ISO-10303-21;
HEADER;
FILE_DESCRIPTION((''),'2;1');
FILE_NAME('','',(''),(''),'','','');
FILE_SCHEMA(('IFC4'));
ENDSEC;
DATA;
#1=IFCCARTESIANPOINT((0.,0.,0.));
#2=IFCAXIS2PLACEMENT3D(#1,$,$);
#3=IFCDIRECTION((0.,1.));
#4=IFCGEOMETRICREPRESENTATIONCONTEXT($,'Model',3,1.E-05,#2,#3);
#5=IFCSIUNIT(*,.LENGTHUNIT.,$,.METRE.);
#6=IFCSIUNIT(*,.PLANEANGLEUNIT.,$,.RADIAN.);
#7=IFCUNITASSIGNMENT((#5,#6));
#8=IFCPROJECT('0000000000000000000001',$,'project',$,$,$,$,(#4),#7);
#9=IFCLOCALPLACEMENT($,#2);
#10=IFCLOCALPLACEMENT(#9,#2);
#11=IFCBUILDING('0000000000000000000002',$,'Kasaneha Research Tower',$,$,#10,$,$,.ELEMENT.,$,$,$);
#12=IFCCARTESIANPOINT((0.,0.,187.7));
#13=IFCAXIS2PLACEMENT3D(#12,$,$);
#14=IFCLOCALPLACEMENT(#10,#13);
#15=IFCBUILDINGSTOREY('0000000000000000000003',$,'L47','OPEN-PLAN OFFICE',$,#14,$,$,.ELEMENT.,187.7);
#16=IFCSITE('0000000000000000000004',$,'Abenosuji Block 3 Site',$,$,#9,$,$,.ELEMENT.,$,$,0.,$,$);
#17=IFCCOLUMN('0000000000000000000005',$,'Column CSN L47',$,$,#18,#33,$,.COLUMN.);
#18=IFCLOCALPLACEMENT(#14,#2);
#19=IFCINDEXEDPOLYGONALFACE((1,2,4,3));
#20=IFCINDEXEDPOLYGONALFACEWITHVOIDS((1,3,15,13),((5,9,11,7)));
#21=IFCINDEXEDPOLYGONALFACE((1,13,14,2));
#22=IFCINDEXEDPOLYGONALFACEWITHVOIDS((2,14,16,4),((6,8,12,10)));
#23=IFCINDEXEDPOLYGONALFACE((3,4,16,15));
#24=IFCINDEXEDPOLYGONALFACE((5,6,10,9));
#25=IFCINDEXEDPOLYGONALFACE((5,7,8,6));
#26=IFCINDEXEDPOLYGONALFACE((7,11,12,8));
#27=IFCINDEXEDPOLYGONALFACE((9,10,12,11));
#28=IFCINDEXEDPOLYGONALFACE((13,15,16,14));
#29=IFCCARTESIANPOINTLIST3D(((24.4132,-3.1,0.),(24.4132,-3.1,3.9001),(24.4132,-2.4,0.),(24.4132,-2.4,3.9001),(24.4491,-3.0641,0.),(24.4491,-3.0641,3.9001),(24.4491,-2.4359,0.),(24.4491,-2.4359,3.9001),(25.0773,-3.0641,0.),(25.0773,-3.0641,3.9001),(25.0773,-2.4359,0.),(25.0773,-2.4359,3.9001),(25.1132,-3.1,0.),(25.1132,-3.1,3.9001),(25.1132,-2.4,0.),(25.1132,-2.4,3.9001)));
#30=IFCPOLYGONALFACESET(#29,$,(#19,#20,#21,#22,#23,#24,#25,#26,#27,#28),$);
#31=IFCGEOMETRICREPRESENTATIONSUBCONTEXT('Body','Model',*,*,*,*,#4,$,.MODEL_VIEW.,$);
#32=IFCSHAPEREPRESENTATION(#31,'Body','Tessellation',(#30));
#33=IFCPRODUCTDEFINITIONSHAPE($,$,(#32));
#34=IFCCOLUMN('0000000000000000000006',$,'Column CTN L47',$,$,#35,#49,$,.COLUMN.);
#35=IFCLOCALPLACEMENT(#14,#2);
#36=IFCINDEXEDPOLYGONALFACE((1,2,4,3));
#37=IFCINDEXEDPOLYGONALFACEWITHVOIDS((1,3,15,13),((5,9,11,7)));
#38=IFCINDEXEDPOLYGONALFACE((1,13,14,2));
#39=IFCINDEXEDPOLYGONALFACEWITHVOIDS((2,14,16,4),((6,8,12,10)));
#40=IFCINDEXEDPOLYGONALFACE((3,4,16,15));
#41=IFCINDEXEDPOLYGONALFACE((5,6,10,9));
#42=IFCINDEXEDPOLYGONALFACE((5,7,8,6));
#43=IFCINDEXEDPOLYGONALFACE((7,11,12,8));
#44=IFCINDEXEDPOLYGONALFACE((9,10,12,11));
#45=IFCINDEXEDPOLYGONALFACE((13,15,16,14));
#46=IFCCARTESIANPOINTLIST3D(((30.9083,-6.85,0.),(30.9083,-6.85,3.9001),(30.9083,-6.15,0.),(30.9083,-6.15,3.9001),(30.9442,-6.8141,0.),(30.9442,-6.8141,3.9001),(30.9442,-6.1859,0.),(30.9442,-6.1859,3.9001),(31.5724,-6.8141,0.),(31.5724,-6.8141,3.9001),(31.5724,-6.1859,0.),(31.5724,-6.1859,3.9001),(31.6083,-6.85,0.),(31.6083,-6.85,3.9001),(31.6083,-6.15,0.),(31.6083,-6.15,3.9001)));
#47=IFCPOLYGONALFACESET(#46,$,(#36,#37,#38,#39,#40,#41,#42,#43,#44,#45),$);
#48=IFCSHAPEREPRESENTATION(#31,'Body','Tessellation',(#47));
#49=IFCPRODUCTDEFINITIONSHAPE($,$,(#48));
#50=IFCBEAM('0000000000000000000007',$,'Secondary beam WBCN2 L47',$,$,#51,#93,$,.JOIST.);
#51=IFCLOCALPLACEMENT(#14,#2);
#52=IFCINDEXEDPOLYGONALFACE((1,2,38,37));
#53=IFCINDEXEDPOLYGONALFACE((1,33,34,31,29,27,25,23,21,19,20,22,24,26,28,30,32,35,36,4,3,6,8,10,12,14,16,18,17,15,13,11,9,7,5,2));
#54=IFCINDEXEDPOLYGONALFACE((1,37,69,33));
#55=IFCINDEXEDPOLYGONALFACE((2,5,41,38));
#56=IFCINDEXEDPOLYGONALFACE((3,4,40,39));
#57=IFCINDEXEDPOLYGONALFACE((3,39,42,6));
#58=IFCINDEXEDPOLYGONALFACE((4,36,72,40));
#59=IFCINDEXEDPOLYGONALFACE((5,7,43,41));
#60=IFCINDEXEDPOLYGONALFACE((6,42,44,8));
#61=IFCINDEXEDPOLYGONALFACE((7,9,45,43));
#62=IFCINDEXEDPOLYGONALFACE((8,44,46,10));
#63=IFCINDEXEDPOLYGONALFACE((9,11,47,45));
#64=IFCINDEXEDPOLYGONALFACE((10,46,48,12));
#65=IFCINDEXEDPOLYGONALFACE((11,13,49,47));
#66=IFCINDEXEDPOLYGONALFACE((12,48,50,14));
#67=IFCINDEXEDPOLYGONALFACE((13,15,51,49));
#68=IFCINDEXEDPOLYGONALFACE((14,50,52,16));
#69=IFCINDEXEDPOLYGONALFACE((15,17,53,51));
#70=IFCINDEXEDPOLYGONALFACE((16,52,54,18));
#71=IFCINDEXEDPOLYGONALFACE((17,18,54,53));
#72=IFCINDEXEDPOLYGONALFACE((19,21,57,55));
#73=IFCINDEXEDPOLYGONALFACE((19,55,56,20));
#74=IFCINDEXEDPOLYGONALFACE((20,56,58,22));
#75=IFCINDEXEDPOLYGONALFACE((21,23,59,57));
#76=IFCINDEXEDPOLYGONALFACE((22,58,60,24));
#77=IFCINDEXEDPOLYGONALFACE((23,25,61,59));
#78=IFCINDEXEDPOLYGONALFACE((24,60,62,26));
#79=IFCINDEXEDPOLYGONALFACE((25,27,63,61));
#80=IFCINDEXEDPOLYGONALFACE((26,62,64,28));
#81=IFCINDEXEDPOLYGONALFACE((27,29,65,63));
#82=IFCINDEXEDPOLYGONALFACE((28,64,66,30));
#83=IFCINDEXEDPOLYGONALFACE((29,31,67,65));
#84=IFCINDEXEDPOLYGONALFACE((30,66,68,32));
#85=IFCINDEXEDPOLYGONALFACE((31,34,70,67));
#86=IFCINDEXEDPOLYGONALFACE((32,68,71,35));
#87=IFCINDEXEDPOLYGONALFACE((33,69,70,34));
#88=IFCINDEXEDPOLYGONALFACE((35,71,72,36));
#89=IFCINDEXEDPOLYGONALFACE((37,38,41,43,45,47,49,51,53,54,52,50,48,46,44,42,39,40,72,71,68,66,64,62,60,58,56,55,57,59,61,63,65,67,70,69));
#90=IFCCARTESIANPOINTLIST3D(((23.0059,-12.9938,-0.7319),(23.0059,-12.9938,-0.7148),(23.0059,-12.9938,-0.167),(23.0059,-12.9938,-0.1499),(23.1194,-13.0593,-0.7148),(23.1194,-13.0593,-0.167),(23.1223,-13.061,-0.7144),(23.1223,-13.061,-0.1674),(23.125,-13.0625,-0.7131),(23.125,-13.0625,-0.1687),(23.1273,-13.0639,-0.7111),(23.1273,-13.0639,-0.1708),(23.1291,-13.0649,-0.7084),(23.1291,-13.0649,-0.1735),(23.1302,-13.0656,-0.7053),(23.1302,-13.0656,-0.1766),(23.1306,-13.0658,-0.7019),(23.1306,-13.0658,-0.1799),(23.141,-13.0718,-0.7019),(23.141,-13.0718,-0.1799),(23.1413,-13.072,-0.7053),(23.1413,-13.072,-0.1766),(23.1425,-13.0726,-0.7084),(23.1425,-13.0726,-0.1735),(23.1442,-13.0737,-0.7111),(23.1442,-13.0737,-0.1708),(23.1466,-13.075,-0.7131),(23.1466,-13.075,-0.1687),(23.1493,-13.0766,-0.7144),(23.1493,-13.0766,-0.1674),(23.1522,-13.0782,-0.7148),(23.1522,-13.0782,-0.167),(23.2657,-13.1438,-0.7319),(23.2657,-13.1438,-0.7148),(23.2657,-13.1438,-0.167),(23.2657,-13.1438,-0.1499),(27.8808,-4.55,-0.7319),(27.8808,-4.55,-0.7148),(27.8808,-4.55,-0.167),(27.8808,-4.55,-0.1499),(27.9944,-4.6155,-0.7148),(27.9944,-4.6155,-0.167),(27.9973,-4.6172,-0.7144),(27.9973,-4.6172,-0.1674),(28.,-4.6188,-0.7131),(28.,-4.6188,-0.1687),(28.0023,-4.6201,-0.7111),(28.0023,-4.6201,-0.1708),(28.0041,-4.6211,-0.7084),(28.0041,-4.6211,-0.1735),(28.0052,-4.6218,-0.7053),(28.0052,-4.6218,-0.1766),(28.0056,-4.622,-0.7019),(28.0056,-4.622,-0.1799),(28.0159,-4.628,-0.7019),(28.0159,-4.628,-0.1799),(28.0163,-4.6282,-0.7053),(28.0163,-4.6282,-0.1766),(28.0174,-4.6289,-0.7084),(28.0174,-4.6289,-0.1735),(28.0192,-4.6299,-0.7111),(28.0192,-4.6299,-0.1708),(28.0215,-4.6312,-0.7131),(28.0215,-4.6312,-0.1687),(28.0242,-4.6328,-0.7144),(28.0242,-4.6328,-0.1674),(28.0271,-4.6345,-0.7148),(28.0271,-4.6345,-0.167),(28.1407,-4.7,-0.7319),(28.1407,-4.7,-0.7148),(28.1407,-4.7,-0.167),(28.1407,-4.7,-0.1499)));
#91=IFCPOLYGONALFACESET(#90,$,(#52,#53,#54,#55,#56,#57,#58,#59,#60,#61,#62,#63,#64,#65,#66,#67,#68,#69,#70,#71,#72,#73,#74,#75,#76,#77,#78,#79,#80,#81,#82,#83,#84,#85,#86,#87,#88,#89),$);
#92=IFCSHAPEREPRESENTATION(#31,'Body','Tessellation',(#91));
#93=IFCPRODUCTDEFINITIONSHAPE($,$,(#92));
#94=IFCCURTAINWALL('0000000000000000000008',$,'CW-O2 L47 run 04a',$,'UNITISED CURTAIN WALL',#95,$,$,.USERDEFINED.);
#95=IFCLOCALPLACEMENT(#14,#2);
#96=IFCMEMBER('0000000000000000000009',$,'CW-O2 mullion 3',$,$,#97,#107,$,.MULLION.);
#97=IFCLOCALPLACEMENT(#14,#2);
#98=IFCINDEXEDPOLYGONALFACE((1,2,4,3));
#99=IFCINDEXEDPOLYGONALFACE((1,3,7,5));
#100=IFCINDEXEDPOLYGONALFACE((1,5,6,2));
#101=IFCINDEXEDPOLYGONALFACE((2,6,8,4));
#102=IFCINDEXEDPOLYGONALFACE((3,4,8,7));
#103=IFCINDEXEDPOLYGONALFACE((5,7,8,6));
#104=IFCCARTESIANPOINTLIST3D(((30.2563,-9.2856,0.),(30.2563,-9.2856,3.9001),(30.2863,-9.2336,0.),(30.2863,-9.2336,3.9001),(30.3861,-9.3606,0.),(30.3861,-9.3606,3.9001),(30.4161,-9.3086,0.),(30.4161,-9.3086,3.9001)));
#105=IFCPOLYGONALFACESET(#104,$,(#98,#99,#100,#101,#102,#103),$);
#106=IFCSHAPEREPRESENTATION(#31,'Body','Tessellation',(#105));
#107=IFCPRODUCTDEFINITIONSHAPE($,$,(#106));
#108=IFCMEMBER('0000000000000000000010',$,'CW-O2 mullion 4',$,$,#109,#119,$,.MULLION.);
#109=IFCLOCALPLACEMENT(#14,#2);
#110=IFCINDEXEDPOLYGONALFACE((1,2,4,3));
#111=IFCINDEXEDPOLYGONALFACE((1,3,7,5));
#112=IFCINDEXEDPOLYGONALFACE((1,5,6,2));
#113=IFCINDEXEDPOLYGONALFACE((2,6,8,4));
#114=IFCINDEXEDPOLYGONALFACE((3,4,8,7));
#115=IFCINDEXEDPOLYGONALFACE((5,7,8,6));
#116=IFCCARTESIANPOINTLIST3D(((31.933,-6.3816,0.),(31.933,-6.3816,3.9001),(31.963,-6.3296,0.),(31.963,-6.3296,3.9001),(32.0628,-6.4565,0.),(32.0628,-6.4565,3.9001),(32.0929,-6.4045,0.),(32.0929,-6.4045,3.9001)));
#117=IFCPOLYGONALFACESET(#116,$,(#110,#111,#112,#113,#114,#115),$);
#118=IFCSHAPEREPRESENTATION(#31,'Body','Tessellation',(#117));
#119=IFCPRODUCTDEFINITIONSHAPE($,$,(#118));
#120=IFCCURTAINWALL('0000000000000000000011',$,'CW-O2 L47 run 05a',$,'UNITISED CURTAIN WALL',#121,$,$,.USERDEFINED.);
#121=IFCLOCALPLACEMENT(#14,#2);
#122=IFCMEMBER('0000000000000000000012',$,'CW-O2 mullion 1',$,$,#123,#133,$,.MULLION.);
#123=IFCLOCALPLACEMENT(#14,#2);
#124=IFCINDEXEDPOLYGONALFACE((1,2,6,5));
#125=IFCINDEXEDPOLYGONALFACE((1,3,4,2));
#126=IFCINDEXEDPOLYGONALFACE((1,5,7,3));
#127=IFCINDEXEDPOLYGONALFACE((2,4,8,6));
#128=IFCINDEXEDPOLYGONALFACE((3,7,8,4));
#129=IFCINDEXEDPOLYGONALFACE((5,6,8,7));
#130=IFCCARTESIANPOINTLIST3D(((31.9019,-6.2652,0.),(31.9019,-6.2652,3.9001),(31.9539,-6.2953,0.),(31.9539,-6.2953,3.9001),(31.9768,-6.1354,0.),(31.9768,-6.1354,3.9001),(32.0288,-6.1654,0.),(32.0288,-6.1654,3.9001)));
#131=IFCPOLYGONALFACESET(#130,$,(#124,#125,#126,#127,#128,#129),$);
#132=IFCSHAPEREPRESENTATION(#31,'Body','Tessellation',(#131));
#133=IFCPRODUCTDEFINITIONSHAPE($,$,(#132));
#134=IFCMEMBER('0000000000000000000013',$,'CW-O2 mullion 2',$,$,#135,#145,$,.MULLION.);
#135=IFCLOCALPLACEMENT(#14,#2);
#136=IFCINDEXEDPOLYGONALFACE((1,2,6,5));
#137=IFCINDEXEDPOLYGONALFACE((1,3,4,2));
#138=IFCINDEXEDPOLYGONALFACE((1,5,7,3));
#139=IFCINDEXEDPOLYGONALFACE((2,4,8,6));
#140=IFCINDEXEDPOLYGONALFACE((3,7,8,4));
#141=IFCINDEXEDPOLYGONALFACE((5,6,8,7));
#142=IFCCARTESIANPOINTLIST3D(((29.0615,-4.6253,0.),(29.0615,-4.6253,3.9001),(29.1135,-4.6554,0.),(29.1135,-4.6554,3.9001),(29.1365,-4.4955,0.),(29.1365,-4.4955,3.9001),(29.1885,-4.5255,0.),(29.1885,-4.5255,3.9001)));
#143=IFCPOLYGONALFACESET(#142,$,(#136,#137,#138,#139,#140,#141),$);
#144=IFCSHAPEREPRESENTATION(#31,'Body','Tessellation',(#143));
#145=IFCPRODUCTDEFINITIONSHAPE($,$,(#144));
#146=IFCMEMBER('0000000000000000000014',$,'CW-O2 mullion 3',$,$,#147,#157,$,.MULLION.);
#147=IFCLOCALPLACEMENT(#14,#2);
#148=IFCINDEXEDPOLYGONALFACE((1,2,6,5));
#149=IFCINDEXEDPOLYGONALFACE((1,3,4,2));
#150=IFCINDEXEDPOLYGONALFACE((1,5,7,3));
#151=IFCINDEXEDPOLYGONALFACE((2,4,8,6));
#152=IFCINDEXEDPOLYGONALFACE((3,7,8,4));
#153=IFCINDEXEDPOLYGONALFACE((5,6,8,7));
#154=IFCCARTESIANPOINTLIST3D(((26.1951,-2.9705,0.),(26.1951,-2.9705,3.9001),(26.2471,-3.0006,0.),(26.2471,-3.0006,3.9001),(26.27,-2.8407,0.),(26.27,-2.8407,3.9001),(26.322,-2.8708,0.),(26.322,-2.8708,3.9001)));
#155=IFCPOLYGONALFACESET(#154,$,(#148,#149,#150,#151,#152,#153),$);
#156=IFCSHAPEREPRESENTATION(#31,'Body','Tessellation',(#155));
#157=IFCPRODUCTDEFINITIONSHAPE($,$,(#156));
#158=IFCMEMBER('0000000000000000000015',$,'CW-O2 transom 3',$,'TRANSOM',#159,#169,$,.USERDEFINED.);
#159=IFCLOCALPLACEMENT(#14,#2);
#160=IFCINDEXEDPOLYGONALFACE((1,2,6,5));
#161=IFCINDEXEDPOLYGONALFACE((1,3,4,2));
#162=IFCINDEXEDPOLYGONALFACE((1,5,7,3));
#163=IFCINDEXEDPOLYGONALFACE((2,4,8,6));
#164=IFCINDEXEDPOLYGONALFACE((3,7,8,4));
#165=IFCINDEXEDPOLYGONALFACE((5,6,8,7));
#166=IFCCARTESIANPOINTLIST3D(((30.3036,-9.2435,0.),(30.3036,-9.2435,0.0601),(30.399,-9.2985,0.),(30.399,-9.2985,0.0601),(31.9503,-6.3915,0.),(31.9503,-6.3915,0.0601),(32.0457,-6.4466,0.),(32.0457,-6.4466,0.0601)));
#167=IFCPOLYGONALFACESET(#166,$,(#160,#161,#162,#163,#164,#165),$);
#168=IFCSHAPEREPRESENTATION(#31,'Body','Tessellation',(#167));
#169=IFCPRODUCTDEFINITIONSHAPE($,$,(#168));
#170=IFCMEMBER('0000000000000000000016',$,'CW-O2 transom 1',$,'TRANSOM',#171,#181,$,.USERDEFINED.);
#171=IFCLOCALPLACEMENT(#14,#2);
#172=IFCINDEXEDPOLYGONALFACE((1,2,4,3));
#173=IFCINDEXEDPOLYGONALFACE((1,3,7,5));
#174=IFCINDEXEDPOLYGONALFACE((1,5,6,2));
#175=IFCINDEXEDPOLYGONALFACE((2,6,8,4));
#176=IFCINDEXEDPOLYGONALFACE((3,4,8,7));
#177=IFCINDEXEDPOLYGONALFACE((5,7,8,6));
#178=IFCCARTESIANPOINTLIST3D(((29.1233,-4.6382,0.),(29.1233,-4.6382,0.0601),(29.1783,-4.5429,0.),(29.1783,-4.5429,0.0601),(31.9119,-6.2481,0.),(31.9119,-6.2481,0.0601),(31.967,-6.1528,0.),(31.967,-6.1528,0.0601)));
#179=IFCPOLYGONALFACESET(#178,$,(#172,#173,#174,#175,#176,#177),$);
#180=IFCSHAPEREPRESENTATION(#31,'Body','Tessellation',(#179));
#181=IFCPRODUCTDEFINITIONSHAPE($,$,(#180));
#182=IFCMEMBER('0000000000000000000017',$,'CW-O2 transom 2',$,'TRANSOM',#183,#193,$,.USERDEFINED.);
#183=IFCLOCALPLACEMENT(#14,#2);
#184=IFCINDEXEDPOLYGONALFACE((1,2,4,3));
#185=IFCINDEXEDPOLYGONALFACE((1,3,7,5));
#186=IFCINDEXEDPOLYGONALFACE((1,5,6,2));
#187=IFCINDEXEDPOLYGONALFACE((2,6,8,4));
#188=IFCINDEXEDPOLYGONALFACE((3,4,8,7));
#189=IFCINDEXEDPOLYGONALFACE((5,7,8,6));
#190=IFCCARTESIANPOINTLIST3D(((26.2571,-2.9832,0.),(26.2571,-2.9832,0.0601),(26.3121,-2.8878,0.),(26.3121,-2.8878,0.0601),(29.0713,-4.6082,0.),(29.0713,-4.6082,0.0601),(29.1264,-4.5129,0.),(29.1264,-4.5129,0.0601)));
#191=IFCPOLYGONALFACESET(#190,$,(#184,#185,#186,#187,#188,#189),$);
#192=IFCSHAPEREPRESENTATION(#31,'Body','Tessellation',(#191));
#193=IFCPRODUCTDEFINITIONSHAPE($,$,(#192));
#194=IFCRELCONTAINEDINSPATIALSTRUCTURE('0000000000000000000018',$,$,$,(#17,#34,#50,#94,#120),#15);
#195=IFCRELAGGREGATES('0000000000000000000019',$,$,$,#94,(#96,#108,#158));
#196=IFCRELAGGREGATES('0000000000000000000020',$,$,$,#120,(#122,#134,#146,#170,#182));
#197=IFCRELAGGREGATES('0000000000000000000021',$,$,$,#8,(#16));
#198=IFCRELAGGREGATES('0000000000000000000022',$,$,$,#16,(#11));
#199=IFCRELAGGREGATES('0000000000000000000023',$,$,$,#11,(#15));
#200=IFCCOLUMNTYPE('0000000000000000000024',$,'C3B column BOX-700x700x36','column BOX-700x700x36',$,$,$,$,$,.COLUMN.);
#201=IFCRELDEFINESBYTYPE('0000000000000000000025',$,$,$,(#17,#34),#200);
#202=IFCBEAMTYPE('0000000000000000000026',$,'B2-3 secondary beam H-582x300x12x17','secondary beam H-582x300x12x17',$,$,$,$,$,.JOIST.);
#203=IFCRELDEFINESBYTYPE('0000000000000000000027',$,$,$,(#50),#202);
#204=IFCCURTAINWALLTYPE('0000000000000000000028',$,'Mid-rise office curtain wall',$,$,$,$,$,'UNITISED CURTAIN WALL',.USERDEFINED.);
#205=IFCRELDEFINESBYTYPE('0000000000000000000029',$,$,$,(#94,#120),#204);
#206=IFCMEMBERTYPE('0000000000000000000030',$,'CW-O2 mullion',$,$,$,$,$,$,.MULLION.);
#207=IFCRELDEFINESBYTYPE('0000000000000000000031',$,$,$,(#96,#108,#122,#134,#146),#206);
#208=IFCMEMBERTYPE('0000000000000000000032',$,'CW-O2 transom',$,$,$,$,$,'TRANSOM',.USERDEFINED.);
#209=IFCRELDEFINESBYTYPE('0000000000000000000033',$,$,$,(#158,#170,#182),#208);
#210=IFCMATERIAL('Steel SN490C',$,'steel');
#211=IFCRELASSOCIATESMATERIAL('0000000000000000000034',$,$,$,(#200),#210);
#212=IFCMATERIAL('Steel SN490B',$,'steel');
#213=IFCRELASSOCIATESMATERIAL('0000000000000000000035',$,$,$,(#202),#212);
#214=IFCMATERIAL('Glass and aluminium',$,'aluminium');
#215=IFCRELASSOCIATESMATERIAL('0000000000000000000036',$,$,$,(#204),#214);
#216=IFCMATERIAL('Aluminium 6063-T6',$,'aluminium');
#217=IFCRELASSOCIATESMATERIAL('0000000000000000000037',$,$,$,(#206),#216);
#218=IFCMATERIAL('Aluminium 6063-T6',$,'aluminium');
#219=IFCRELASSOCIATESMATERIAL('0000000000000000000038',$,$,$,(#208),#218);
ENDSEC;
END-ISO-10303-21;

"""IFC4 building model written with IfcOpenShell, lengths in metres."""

from ifc_helpers import new_model, si_unit, direction, frame, origin, origin_2d, place, context, subcontext, project, spatial, rectangle, hollow_rectangle, i_section, extrude, material, material_profile, profile_set, type_object, element, aggregate, save


model = new_model("IFC4")

# Units and contexts
model_context = context("Model", 3, precision=1e-05, world=origin(), true_north=direction((0.0, 1.0)))
body_context = subcontext(model_context, "Body", "Model", "MODEL_VIEW")
ifc_project = project(units=[si_unit("LENGTHUNIT", "METRE"), si_unit("PLANEANGLEUNIT", "RADIAN")], contexts=[model_context])

# Site, building, storey
site_placement = place(None, origin())
site = spatial("IfcSite", under=ifc_project, at=site_placement, Name="Abenosuji Block 3 Site", CompositionType="ELEMENT", RefElevation=0.0)
building_placement = place(site_placement, origin())
building = spatial("IfcBuilding", under=site, at=building_placement, Name="Kasaneha Research Tower", CompositionType="ELEMENT")
storey_placement = place(building_placement, frame((0.0, 0.0, 187.7)))
storey = spatial("IfcBuildingStorey", under=building, at=storey_placement, Name="L47", Description="OPEN-PLAN OFFICE", CompositionType="ELEMENT", Elevation=187.7)

# Columns
ifc_material_1 = material(Name="Steel SN490C", Category="steel")
ifc_material_profile_1 = material_profile(ifc_material_1, hollow_rectangle(XDim=0.7, YDim=0.7, WallThickness=0.0359, at=origin_2d()), Name="BOX-700x700x36")
ifc_profile_set_1 = profile_set([ifc_material_profile_1], Name="Steel SN490C")
column_type = type_object("IfcColumnType", Name="C3B column BOX-700x700x36", Description="column BOX-700x700x36", PredefinedType="COLUMN", material=ifc_profile_set_1)
for number, where, z_axis, x_axis, name in (
    (1, (24.7632, -2.75, 0.0), (0.0, 0.0, 1.0), (1.0, 0.0, 0.0), "Column CSN L47"),
    (2, (31.2583, -6.5, 0.0), (0.0, 0.0, 1.0), (1.0, 0.0, 0.0), "Column CTN L47"),
):
    element("IfcColumn", number, at=place(storey_placement, frame(where, z_axis=z_axis, x_axis=x_axis)), inside=storey, type_object=column_type, Name=name, PredefinedType="COLUMN", context=body_context, shape_type="SweptSolid", body=[
        extrude(hollow_rectangle(XDim=0.7, YDim=0.7, WallThickness=0.0359, at=origin_2d()), origin(), (0.0, 0.0, 1.0), 3.9001),
    ])

# Beam
ifc_material_2 = material(Name="Steel SN490B", Category="steel")
ifc_material_profile_2 = material_profile(ifc_material_2, i_section(OverallWidth=0.3, OverallDepth=0.582, WebThickness=0.012, FlangeThickness=0.0171, FilletRadius=0.0129, at=origin_2d()), Name="H-582x300x12x17")
ifc_profile_set_2 = profile_set([ifc_material_profile_2], Name="Steel SN490B")
beam_type_1 = type_object("IfcBeamType", Name="B2-3 secondary beam H-582x300x12x17", Description="secondary beam H-582x300x12x17", PredefinedType="JOIST", material=ifc_profile_set_2)
beam_1_placement = place(storey_placement, frame((28.0107, -4.625, -0.4409), z_axis=(-0.499996, -0.866028, 0.0), x_axis=(0.866028, -0.499996, 0.0)))
element("IfcBeam", 3, at=beam_1_placement, inside=storey, type_object=beam_type_1, Name="Secondary beam WBCN2 L47", PredefinedType="JOIST", context=body_context, shape_type="SweptSolid", body=[
    extrude(i_section(OverallWidth=0.3, OverallDepth=0.582, WebThickness=0.012, FlangeThickness=0.0171, FilletRadius=0.0129, at=origin_2d()), origin(), (0.0, 0.0, 1.0), 9.75),
])

# Curtain walls, members
ifc_material_3 = material(Name="Glass and aluminium", Category="aluminium")
curtain_wall_type = type_object("IfcCurtainWallType", Name="Mid-rise office curtain wall", ElementType="UNITISED CURTAIN WALL", PredefinedType="USERDEFINED", material=ifc_material_3)
curtain_wall_1_placement = place(storey_placement, origin())
curtain_wall_1 = element("IfcCurtainWall", 4, at=curtain_wall_1_placement, inside=storey, type_object=curtain_wall_type, Name="CW-O2 L47 run 04a", ObjectType="UNITISED CURTAIN WALL", PredefinedType="USERDEFINED")
ifc_material_4 = material(Name="Aluminium 6063-T6", Category="aluminium")
ifc_material_profile_3 = material_profile(ifc_material_4, rectangle(XDim=0.0601, YDim=0.1499, at=origin_2d()), Name="CW-O2 mullion 60x150")
ifc_profile_set_3 = profile_set([ifc_material_profile_3], Name="Aluminium 6063-T6")
member_type_1 = type_object("IfcMemberType", Name="CW-O2 mullion", PredefinedType="MULLION", material=ifc_profile_set_3)
member_1_placement = place(storey_placement, frame((30.3362, -9.2971, 0.0), z_axis=(0.0, 0.0, 1.0), x_axis=(0.5, 0.866025, 0.0)))
member_1 = element("IfcMember", 5, at=member_1_placement, type_object=member_type_1, Name="CW-O2 mullion 3", PredefinedType="MULLION", context=body_context, shape_type="SweptSolid", body=[
    extrude(rectangle(XDim=0.0601, YDim=0.1499, at=origin_2d()), origin(), (0.0, 0.0, 1.0), 3.9001),
])
member_2_placement = place(storey_placement, frame((32.0129, -6.3931, 0.0), z_axis=(0.0, 0.0, 1.0), x_axis=(0.5, 0.866025, 0.0)))
member_2 = element("IfcMember", 6, at=member_2_placement, type_object=member_type_1, Name="CW-O2 mullion 4", PredefinedType="MULLION", context=body_context, shape_type="SweptSolid", body=[
    extrude(rectangle(XDim=0.0601, YDim=0.1499, at=origin_2d()), origin(), (0.0, 0.0, 1.0), 3.9001),
])
curtain_wall_2_placement = place(storey_placement, origin())
curtain_wall_2 = element("IfcCurtainWall", 7, at=curtain_wall_2_placement, inside=storey, type_object=curtain_wall_type, Name="CW-O2 L47 run 05a", ObjectType="UNITISED CURTAIN WALL", PredefinedType="USERDEFINED")
member_3_placement = place(storey_placement, frame((31.9653, -6.2153, 0.0), z_axis=(0.0, 0.0, 1.0), x_axis=(-0.866025, 0.5, 0.0)))
member_3 = element("IfcMember", 8, at=member_3_placement, type_object=member_type_1, Name="CW-O2 mullion 1", PredefinedType="MULLION", context=body_context, shape_type="SweptSolid", body=[
    extrude(rectangle(XDim=0.0601, YDim=0.1499, at=origin_2d()), origin(), (0.0, 0.0, 1.0), 3.9001),
])
member_4_placement = place(storey_placement, frame((29.125, -4.5754, 0.0), z_axis=(0.0, 0.0, 1.0), x_axis=(-0.866025, 0.5, 0.0)))
member_4 = element("IfcMember", 9, at=member_4_placement, type_object=member_type_1, Name="CW-O2 mullion 2", PredefinedType="MULLION", context=body_context, shape_type="SweptSolid", body=[
    extrude(rectangle(XDim=0.0601, YDim=0.1499, at=origin_2d()), origin(), (0.0, 0.0, 1.0), 3.9001),
])
member_5_placement = place(storey_placement, frame((26.2585, -2.9207, 0.0), z_axis=(0.0, 0.0, 1.0), x_axis=(-0.866025, 0.5, 0.0)))
member_5 = element("IfcMember", 10, at=member_5_placement, type_object=member_type_1, Name="CW-O2 mullion 3", PredefinedType="MULLION", context=body_context, shape_type="SweptSolid", body=[
    extrude(rectangle(XDim=0.0601, YDim=0.1499, at=origin_2d()), origin(), (0.0, 0.0, 1.0), 3.9001),
])

# Members
ifc_material_5 = material(Name="Aluminium 6063-T6", Category="aluminium")
ifc_material_profile_4 = material_profile(ifc_material_5, rectangle(XDim=0.1101, YDim=0.0601, at=origin_2d()), Name="CW-O2 transom 110x60")
ifc_profile_set_4 = profile_set([ifc_material_profile_4], Name="Aluminium 6063-T6")
member_type_2 = type_object("IfcMemberType", Name="CW-O2 transom", ElementType="TRANSOM", PredefinedType="USERDEFINED", material=ifc_profile_set_4)
member_6_placement = place(storey_placement, frame((30.3513, -9.271, 0.03), z_axis=(0.500022, 0.866013, 0.0), x_axis=(-0.866013, 0.500022, 0.0)))
member_6 = element("IfcMember", 11, at=member_6_placement, type_object=member_type_2, Name="CW-O2 transom 3", ObjectType="TRANSOM", PredefinedType="USERDEFINED", context=body_context, shape_type="SweptSolid", body=[
    extrude(rectangle(XDim=0.1101, YDim=0.0601, at=origin_2d()), origin(), (0.0, 0.0, 1.0), 3.2932),
])
member_7_placement = place(storey_placement, frame((31.9395, -6.2004, 0.03), z_axis=(-0.866042, 0.499972, 0.0), x_axis=(-0.499972, -0.866042, 0.0)))
member_7 = element("IfcMember", 12, at=member_7_placement, type_object=member_type_2, Name="CW-O2 transom 1", ObjectType="TRANSOM", PredefinedType="USERDEFINED", context=body_context, shape_type="SweptSolid", body=[
    extrude(rectangle(XDim=0.1101, YDim=0.0601, at=origin_2d()), origin(), (0.0, 0.0, 1.0), 3.22),
])
member_8_placement = place(storey_placement, frame((29.0989, -4.5605, 0.03), z_axis=(-0.865997, 0.50005, 0.0), x_axis=(-0.50005, -0.865997, 0.0)))
member_8 = element("IfcMember", 13, at=member_8_placement, type_object=member_type_2, Name="CW-O2 transom 2", ObjectType="TRANSOM", PredefinedType="USERDEFINED", context=body_context, shape_type="SweptSolid", body=[
    extrude(rectangle(XDim=0.1101, YDim=0.0601, at=origin_2d()), origin(), (0.0, 0.0, 1.0), 3.2498),
])

aggregate(curtain_wall_1, [member_1, member_2, member_6])
aggregate(curtain_wall_2, [member_3, member_4, member_5, member_7, member_8])

save(model, "model.ifc")
